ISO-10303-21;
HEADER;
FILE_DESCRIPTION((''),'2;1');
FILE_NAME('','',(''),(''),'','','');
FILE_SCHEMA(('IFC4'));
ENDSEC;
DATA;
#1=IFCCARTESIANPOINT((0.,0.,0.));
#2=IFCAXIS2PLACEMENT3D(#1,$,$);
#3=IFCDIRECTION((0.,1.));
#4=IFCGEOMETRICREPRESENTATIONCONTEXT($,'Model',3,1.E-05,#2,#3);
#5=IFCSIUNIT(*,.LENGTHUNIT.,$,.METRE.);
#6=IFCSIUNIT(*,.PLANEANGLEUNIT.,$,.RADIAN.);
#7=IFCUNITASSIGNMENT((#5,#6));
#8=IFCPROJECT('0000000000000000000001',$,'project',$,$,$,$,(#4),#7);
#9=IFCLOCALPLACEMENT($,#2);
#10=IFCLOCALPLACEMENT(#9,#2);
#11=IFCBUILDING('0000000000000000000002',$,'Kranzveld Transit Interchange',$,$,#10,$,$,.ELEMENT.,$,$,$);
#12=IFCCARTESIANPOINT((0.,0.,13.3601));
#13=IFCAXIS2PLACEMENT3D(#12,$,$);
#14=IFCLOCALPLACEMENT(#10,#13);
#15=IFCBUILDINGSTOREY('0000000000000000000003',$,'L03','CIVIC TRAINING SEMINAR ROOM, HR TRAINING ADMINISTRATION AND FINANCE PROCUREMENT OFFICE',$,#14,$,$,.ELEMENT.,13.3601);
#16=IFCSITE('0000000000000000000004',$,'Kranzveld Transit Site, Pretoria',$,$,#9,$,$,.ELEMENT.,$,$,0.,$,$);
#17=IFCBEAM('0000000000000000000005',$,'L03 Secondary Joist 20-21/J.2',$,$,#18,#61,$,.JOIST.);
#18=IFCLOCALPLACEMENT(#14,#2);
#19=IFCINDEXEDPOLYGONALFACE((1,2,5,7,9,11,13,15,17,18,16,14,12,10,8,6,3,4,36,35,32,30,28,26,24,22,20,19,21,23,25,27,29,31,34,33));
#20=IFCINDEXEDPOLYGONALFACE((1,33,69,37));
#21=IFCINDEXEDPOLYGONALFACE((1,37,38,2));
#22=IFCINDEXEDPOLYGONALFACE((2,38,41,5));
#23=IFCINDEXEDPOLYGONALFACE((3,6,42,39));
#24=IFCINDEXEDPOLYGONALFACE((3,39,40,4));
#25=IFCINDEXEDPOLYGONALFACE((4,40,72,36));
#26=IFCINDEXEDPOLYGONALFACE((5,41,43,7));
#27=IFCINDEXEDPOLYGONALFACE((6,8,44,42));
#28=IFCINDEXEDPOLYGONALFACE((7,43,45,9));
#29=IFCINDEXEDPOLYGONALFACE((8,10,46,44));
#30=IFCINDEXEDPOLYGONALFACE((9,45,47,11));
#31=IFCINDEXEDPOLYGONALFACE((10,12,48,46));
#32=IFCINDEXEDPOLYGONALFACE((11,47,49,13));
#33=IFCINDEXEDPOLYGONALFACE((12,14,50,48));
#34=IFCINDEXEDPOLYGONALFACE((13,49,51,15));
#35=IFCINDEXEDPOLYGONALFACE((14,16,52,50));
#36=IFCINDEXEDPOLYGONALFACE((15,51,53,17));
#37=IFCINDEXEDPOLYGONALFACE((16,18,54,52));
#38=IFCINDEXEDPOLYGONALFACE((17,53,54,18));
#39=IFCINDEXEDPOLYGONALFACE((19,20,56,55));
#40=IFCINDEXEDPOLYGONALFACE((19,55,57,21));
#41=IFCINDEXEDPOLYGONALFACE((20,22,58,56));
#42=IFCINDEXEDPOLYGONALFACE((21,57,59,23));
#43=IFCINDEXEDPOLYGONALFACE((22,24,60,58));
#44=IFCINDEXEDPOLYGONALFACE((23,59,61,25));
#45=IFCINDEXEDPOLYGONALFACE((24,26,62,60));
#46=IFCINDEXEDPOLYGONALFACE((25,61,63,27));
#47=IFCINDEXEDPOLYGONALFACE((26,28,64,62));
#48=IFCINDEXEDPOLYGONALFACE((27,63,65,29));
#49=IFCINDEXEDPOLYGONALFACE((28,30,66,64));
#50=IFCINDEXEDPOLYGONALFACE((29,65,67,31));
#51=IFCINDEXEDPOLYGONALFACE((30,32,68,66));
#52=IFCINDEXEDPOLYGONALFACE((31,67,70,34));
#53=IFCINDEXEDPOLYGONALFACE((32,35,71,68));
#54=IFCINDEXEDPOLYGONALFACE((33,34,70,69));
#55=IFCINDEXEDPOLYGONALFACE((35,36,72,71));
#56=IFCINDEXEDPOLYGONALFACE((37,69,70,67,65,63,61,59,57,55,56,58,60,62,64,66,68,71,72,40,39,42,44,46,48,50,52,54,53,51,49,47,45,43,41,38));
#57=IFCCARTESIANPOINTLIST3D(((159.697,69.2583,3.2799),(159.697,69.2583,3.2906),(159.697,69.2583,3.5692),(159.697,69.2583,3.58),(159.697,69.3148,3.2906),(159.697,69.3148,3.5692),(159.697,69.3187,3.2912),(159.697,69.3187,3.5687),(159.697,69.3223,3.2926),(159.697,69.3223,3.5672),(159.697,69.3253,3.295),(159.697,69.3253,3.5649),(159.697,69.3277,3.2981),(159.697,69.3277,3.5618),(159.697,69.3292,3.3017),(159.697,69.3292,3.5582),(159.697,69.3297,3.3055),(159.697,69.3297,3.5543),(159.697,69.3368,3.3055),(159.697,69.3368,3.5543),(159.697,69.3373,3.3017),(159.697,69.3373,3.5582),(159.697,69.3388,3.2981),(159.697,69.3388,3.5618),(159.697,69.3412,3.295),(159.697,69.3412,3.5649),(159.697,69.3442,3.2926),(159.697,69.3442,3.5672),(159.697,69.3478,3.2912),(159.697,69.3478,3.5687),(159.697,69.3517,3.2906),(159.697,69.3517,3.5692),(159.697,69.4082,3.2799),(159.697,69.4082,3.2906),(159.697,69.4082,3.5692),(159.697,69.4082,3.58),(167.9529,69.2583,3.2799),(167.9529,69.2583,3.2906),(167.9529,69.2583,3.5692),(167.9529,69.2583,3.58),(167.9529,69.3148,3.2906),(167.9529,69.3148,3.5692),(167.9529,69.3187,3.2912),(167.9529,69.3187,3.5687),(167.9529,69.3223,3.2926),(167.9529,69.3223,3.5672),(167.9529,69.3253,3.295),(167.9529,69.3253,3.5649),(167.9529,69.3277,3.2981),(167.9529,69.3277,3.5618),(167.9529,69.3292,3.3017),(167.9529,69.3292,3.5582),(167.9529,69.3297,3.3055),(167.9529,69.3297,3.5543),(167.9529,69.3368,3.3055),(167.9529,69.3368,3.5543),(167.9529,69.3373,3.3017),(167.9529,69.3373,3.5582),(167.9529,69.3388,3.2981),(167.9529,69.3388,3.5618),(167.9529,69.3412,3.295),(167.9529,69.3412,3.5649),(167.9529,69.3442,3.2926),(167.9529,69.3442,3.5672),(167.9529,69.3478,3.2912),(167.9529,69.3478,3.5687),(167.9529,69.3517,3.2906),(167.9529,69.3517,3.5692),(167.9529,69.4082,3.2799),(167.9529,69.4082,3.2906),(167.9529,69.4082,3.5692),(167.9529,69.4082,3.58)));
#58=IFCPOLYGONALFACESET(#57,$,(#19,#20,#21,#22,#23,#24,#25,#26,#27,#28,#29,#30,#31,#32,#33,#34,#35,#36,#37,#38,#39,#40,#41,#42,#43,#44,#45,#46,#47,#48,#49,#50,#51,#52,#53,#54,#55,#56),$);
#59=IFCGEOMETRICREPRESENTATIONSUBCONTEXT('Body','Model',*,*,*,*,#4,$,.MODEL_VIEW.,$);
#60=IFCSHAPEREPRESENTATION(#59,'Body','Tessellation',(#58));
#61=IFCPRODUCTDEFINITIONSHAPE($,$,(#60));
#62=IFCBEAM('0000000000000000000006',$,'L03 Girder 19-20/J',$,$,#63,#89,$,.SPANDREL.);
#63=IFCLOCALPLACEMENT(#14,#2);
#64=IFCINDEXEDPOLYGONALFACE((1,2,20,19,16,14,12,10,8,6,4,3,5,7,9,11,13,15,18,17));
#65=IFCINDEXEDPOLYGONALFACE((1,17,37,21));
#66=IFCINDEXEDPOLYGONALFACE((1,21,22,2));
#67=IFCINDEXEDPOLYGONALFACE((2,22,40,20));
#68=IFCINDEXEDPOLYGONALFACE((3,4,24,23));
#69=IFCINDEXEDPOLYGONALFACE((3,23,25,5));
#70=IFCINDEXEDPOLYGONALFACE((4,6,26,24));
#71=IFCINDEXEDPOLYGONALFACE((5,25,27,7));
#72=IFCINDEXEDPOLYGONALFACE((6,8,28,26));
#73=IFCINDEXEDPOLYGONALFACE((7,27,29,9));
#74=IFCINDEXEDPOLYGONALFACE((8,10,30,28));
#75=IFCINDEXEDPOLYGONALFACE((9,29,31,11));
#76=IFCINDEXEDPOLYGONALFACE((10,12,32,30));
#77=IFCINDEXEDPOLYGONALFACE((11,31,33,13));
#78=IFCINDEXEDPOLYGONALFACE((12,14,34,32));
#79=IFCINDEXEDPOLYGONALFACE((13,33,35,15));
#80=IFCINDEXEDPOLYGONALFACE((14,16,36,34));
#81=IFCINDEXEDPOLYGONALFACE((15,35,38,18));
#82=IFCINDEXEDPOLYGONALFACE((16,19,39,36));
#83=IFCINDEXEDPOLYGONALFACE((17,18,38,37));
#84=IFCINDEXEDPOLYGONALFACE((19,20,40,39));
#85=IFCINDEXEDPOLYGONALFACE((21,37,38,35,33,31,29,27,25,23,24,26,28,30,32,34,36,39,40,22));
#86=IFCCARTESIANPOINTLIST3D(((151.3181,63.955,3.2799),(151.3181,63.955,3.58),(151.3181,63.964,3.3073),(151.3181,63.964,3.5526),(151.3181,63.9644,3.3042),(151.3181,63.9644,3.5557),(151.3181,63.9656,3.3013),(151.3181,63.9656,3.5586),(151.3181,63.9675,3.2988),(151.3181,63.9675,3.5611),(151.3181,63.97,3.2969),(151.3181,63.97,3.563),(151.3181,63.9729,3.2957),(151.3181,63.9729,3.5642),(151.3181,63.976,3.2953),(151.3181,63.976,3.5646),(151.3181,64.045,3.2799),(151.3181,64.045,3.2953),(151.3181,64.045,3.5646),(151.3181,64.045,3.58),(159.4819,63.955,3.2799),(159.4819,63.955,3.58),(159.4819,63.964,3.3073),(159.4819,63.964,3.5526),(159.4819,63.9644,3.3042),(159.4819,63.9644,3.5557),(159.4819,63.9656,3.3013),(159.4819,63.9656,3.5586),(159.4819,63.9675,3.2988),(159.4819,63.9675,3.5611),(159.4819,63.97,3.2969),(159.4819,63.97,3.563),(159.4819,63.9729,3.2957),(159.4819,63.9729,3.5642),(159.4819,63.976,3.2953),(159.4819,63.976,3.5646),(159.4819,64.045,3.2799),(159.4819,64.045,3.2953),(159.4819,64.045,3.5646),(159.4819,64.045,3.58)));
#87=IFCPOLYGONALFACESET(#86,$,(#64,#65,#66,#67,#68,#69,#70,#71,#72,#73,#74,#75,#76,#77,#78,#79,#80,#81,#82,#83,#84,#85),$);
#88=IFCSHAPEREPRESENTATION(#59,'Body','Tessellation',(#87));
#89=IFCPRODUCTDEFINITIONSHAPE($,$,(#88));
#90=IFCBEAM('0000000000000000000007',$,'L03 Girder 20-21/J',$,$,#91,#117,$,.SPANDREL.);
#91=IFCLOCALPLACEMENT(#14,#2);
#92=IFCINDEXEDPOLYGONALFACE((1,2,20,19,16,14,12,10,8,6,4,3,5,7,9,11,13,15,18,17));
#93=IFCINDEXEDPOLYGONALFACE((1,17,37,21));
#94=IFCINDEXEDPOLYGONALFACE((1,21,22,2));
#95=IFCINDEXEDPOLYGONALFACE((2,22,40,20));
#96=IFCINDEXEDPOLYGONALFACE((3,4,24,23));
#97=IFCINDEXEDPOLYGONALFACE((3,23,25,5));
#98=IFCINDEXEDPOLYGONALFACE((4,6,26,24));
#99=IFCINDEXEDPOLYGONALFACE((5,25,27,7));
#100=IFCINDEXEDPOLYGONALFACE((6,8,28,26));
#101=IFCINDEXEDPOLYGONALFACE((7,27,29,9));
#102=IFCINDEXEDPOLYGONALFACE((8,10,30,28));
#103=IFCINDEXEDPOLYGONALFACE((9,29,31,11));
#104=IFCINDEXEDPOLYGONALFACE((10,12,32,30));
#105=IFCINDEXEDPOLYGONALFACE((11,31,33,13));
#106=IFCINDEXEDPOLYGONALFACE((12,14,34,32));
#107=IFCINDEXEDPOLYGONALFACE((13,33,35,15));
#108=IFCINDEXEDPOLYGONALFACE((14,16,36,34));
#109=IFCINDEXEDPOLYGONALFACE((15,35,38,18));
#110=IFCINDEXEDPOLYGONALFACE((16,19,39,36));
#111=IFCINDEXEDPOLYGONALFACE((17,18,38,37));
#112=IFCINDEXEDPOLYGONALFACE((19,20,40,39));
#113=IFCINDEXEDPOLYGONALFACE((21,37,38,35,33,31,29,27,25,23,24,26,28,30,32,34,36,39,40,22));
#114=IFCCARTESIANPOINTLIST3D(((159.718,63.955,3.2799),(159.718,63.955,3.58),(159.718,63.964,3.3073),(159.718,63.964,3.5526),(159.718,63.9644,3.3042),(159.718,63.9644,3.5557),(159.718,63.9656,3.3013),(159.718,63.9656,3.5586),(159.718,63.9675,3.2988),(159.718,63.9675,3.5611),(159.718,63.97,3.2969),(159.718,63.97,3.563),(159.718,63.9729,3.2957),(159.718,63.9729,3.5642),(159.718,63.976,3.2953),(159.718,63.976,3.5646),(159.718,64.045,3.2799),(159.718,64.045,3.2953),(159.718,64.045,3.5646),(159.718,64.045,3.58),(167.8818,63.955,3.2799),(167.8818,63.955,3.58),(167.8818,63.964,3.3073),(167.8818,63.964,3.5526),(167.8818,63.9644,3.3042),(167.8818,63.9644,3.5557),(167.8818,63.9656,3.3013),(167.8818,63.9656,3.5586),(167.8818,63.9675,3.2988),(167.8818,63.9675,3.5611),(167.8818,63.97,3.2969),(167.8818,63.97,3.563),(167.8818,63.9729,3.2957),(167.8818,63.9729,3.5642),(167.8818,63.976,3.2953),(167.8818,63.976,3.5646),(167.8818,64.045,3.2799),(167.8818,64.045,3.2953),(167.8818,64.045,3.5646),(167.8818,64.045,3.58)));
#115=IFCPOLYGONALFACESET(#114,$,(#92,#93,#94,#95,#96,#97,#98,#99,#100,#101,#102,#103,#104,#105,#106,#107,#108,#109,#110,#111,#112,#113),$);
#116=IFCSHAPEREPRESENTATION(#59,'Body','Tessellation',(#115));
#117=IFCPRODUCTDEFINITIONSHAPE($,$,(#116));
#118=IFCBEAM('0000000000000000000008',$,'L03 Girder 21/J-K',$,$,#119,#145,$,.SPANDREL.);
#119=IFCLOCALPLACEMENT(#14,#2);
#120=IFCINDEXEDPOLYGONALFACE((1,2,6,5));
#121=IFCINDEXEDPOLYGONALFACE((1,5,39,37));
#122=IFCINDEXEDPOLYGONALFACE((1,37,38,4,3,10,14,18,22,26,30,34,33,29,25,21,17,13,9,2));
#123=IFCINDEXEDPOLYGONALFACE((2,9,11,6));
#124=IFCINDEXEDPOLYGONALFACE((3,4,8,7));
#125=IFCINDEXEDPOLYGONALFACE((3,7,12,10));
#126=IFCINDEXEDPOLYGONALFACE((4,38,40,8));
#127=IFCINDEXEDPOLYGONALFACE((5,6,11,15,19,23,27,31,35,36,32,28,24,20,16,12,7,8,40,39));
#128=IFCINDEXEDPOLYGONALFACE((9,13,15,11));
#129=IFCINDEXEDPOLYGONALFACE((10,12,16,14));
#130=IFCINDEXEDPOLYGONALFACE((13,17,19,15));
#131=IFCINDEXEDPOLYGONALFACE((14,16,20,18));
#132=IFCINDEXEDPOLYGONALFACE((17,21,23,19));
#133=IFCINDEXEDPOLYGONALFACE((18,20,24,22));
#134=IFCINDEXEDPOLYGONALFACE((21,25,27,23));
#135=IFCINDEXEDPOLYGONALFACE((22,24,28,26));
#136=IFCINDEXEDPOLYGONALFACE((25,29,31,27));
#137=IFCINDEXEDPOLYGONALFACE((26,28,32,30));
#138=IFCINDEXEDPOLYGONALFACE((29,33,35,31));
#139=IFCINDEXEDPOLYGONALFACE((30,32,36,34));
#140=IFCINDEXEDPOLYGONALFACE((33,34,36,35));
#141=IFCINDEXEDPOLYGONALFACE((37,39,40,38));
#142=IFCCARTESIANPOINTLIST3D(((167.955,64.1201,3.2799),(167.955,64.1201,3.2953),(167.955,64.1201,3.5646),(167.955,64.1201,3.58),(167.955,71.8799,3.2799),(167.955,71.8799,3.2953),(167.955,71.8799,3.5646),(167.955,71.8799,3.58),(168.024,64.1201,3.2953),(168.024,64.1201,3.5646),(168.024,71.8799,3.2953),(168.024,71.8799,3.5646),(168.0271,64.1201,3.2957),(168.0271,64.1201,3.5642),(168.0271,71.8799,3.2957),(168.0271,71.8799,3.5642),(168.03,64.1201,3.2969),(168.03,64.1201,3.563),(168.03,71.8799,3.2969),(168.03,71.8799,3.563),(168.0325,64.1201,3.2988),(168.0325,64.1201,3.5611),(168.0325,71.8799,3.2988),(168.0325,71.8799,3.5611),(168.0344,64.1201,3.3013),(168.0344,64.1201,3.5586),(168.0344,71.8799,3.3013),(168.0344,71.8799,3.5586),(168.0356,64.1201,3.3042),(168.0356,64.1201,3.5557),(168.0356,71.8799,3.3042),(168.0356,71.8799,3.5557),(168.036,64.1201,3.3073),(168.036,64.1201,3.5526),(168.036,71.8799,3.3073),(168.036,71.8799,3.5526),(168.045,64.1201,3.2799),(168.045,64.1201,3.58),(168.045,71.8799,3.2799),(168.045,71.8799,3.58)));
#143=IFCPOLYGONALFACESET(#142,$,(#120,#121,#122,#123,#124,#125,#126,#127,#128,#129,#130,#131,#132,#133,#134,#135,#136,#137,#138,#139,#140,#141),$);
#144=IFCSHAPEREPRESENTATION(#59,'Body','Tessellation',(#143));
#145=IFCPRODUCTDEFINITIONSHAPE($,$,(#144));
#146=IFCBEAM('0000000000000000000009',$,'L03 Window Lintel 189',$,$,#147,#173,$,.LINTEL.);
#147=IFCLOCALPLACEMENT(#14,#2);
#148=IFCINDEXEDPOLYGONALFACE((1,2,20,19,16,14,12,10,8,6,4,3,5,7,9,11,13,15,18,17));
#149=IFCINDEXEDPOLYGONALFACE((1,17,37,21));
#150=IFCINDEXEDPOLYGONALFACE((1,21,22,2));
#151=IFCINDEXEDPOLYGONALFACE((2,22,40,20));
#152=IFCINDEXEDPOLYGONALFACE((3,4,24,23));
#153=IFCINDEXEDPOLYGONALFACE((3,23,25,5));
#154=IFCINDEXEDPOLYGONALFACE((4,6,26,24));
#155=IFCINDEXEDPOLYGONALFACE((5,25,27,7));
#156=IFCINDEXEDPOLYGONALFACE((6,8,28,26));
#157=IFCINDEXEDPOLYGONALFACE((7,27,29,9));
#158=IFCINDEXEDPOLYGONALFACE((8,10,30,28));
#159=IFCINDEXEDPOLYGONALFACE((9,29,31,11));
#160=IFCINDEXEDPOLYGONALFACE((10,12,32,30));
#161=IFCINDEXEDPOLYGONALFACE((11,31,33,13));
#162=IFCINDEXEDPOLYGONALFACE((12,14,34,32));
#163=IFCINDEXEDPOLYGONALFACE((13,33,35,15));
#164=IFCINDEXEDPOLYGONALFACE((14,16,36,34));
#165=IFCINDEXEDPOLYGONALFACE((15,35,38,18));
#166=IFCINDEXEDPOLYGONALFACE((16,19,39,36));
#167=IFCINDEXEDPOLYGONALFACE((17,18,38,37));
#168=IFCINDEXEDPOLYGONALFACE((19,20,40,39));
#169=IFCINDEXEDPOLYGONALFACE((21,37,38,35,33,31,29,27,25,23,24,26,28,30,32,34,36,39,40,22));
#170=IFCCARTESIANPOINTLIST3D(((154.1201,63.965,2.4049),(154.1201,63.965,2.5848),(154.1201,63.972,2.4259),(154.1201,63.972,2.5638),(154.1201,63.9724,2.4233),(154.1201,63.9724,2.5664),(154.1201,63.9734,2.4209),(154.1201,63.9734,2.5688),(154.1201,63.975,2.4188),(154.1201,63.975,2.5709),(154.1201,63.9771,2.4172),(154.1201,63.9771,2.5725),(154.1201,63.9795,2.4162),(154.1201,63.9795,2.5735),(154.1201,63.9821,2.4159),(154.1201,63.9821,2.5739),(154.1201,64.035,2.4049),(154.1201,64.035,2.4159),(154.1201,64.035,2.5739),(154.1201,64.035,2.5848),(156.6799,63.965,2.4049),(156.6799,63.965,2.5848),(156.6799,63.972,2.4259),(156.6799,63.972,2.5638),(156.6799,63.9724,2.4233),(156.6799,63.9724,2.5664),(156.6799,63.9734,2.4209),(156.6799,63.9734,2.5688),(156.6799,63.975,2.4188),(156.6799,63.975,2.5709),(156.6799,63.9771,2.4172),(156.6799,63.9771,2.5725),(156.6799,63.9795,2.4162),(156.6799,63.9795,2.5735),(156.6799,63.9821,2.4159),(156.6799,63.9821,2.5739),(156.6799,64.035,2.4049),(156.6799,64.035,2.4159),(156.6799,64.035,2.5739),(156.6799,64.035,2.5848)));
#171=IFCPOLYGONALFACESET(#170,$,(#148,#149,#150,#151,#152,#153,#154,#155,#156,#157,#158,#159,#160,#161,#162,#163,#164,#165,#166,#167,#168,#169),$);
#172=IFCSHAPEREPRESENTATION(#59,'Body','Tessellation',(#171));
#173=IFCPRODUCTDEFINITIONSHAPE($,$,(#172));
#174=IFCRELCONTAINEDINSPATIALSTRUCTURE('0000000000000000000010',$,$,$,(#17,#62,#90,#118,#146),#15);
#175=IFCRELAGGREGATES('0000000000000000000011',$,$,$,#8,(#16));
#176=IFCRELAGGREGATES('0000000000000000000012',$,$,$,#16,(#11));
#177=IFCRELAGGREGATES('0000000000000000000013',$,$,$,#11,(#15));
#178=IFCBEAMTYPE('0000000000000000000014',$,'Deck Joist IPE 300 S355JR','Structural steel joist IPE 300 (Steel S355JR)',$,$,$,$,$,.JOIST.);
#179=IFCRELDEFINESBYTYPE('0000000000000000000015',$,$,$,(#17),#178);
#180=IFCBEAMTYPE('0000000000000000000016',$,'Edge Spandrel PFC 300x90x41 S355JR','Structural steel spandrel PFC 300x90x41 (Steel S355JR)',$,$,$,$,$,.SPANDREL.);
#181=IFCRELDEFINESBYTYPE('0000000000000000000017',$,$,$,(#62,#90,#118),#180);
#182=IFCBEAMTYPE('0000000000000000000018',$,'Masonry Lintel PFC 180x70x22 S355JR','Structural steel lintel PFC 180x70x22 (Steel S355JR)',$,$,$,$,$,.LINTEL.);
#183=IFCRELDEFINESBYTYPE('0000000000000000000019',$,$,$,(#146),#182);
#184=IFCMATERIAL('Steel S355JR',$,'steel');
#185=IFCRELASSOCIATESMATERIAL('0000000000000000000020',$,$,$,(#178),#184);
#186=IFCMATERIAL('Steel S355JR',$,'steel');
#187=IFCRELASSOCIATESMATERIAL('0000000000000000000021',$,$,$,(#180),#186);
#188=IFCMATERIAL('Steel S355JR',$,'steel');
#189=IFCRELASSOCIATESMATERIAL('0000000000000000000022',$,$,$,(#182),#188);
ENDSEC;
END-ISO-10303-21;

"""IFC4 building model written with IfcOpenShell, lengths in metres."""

from ifc_helpers import new_model, si_unit, direction, frame, origin, origin_2d, place, context, subcontext, project, spatial, i_section, u_section, extrude, material, material_profile, profile_set, type_object, element, save


model = new_model("IFC4")

# Units and contexts
model_context = context("Model", 3, precision=1e-05, world=origin(), true_north=direction((0.0, 1.0)))
body_context = subcontext(model_context, "Body", "Model", "MODEL_VIEW")
ifc_project = project(units=[si_unit("LENGTHUNIT", "METRE"), si_unit("PLANEANGLEUNIT", "RADIAN")], contexts=[model_context])

# Site, building, storey
site_placement = place(None, origin())
site = spatial("IfcSite", under=ifc_project, at=site_placement, Name="Kranzveld Transit Site, Pretoria", CompositionType="ELEMENT", RefElevation=0.0)
building_placement = place(site_placement, origin())
building = spatial("IfcBuilding", under=site, at=building_placement, Name="Kranzveld Transit Interchange", CompositionType="ELEMENT")
storey_placement = place(building_placement, frame((0.0, 0.0, 13.3601)))
storey = spatial("IfcBuildingStorey", under=building, at=storey_placement, Name="L03", Description="CIVIC TRAINING SEMINAR ROOM, HR TRAINING ADMINISTRATION AND FINANCE PROCUREMENT OFFICE", CompositionType="ELEMENT", Elevation=13.3601)

# Beams
ifc_material_1 = material(Name="Steel S355JR", Category="steel")
ifc_material_profile_1 = material_profile(ifc_material_1, i_section(OverallWidth=0.1499, OverallDepth=0.3, WebThickness=0.0071, FlangeThickness=0.0107, FilletRadius=0.0149, at=origin_2d()), Name="IPE 300")
ifc_profile_set_1 = profile_set([ifc_material_profile_1], Name="Steel S355JR")
beam_type_1 = type_object("IfcBeamType", Name="Deck Joist IPE 300 S355JR", Description="Structural steel joist IPE 300 (Steel S355JR)", PredefinedType="JOIST", material=ifc_profile_set_1)
for number, where, z_axis, x_axis, name in (
    (1, (159.697, 69.3333, 3.4299), (1.0, 0.0, 0.0), (0.0, 1.0, 0.0), "L03 Secondary Joist 20-21/J.2"),
):
    element("IfcBeam", number, at=place(storey_placement, frame(where, z_axis=z_axis, x_axis=x_axis)), inside=storey, type_object=beam_type_1, Name=name, PredefinedType="JOIST", context=body_context, shape_type="SweptSolid", body=[
        extrude(i_section(OverallWidth=0.1499, OverallDepth=0.3, WebThickness=0.0071, FlangeThickness=0.0107, FilletRadius=0.0149, at=origin_2d()), origin(), (0.0, 0.0, 1.0), 8.2559),
    ])
ifc_material_2 = material(Name="Steel S355JR", Category="steel")
ifc_material_profile_2 = material_profile(ifc_material_2, u_section(Depth=0.3, FlangeWidth=0.0901, WebThickness=0.009, FlangeThickness=0.0154, FilletRadius=0.012, at=origin_2d()), Name="PFC 300x90x41")
ifc_profile_set_2 = profile_set([ifc_material_profile_2], Name="Steel S355JR")
beam_type_2 = type_object("IfcBeamType", Name="Edge Spandrel PFC 300x90x41 S355JR", Description="Structural steel spandrel PFC 300x90x41 (Steel S355JR)", PredefinedType="SPANDREL", material=ifc_profile_set_2)
for number, where, z_axis, x_axis, name in (
    (2, (151.3181, 64.0, 3.4299), (1.0, 0.0, 0.0), (0.0, 1.0, 0.0), "L03 Girder 19-20/J"),
    (3, (159.718, 64.0, 3.4299), (1.0, 0.0, 0.0), (0.0, 1.0, 0.0), "L03 Girder 20-21/J"),
):
    element("IfcBeam", number, at=place(storey_placement, frame(where, z_axis=z_axis, x_axis=x_axis)), inside=storey, type_object=beam_type_2, Name=name, PredefinedType="SPANDREL", context=body_context, shape_type="SweptSolid", body=[
        extrude(u_section(Depth=0.3, FlangeWidth=0.0901, WebThickness=0.009, FlangeThickness=0.0154, FilletRadius=0.012, at=origin_2d()), origin(), (0.0, 0.0, 1.0), 8.1638),
    ])
beam_1_placement = place(storey_placement, frame((168.0, 64.1201, 3.4299), z_axis=(0.0, 1.0, 0.0), x_axis=(-1.0, 0.0, 0.0)))
element("IfcBeam", 4, at=beam_1_placement, inside=storey, type_object=beam_type_2, Name="L03 Girder 21/J-K", PredefinedType="SPANDREL", context=body_context, shape_type="SweptSolid", body=[
    extrude(u_section(Depth=0.3, FlangeWidth=0.0901, WebThickness=0.009, FlangeThickness=0.0154, FilletRadius=0.012, at=origin_2d()), origin(), (0.0, 0.0, 1.0), 7.7598),
])
ifc_material_3 = material(Name="Steel S355JR", Category="steel")
ifc_material_profile_3 = material_profile(ifc_material_3, u_section(Depth=0.1799, FlangeWidth=0.0701, WebThickness=0.0071, FlangeThickness=0.011, FilletRadius=0.01, at=origin_2d()), Name="PFC 180x70x22")
ifc_profile_set_3 = profile_set([ifc_material_profile_3], Name="Steel S355JR")
beam_type_3 = type_object("IfcBeamType", Name="Masonry Lintel PFC 180x70x22 S355JR", Description="Structural steel lintel PFC 180x70x22 (Steel S355JR)", PredefinedType="LINTEL", material=ifc_profile_set_3)
beam_2_placement = place(storey_placement, frame((154.1201, 64.0, 2.4949), z_axis=(1.0, 0.0, 0.0), x_axis=(0.0, 1.0, 0.0)))
element("IfcBeam", 5, at=beam_2_placement, inside=storey, type_object=beam_type_3, Name="L03 Window Lintel 189", PredefinedType="LINTEL", context=body_context, shape_type="SweptSolid", body=[
    extrude(u_section(Depth=0.1799, FlangeWidth=0.0701, WebThickness=0.0071, FlangeThickness=0.011, FilletRadius=0.01, at=origin_2d()), origin(), (0.0, 0.0, 1.0), 2.5598),
])

save(model, "model.ifc")
